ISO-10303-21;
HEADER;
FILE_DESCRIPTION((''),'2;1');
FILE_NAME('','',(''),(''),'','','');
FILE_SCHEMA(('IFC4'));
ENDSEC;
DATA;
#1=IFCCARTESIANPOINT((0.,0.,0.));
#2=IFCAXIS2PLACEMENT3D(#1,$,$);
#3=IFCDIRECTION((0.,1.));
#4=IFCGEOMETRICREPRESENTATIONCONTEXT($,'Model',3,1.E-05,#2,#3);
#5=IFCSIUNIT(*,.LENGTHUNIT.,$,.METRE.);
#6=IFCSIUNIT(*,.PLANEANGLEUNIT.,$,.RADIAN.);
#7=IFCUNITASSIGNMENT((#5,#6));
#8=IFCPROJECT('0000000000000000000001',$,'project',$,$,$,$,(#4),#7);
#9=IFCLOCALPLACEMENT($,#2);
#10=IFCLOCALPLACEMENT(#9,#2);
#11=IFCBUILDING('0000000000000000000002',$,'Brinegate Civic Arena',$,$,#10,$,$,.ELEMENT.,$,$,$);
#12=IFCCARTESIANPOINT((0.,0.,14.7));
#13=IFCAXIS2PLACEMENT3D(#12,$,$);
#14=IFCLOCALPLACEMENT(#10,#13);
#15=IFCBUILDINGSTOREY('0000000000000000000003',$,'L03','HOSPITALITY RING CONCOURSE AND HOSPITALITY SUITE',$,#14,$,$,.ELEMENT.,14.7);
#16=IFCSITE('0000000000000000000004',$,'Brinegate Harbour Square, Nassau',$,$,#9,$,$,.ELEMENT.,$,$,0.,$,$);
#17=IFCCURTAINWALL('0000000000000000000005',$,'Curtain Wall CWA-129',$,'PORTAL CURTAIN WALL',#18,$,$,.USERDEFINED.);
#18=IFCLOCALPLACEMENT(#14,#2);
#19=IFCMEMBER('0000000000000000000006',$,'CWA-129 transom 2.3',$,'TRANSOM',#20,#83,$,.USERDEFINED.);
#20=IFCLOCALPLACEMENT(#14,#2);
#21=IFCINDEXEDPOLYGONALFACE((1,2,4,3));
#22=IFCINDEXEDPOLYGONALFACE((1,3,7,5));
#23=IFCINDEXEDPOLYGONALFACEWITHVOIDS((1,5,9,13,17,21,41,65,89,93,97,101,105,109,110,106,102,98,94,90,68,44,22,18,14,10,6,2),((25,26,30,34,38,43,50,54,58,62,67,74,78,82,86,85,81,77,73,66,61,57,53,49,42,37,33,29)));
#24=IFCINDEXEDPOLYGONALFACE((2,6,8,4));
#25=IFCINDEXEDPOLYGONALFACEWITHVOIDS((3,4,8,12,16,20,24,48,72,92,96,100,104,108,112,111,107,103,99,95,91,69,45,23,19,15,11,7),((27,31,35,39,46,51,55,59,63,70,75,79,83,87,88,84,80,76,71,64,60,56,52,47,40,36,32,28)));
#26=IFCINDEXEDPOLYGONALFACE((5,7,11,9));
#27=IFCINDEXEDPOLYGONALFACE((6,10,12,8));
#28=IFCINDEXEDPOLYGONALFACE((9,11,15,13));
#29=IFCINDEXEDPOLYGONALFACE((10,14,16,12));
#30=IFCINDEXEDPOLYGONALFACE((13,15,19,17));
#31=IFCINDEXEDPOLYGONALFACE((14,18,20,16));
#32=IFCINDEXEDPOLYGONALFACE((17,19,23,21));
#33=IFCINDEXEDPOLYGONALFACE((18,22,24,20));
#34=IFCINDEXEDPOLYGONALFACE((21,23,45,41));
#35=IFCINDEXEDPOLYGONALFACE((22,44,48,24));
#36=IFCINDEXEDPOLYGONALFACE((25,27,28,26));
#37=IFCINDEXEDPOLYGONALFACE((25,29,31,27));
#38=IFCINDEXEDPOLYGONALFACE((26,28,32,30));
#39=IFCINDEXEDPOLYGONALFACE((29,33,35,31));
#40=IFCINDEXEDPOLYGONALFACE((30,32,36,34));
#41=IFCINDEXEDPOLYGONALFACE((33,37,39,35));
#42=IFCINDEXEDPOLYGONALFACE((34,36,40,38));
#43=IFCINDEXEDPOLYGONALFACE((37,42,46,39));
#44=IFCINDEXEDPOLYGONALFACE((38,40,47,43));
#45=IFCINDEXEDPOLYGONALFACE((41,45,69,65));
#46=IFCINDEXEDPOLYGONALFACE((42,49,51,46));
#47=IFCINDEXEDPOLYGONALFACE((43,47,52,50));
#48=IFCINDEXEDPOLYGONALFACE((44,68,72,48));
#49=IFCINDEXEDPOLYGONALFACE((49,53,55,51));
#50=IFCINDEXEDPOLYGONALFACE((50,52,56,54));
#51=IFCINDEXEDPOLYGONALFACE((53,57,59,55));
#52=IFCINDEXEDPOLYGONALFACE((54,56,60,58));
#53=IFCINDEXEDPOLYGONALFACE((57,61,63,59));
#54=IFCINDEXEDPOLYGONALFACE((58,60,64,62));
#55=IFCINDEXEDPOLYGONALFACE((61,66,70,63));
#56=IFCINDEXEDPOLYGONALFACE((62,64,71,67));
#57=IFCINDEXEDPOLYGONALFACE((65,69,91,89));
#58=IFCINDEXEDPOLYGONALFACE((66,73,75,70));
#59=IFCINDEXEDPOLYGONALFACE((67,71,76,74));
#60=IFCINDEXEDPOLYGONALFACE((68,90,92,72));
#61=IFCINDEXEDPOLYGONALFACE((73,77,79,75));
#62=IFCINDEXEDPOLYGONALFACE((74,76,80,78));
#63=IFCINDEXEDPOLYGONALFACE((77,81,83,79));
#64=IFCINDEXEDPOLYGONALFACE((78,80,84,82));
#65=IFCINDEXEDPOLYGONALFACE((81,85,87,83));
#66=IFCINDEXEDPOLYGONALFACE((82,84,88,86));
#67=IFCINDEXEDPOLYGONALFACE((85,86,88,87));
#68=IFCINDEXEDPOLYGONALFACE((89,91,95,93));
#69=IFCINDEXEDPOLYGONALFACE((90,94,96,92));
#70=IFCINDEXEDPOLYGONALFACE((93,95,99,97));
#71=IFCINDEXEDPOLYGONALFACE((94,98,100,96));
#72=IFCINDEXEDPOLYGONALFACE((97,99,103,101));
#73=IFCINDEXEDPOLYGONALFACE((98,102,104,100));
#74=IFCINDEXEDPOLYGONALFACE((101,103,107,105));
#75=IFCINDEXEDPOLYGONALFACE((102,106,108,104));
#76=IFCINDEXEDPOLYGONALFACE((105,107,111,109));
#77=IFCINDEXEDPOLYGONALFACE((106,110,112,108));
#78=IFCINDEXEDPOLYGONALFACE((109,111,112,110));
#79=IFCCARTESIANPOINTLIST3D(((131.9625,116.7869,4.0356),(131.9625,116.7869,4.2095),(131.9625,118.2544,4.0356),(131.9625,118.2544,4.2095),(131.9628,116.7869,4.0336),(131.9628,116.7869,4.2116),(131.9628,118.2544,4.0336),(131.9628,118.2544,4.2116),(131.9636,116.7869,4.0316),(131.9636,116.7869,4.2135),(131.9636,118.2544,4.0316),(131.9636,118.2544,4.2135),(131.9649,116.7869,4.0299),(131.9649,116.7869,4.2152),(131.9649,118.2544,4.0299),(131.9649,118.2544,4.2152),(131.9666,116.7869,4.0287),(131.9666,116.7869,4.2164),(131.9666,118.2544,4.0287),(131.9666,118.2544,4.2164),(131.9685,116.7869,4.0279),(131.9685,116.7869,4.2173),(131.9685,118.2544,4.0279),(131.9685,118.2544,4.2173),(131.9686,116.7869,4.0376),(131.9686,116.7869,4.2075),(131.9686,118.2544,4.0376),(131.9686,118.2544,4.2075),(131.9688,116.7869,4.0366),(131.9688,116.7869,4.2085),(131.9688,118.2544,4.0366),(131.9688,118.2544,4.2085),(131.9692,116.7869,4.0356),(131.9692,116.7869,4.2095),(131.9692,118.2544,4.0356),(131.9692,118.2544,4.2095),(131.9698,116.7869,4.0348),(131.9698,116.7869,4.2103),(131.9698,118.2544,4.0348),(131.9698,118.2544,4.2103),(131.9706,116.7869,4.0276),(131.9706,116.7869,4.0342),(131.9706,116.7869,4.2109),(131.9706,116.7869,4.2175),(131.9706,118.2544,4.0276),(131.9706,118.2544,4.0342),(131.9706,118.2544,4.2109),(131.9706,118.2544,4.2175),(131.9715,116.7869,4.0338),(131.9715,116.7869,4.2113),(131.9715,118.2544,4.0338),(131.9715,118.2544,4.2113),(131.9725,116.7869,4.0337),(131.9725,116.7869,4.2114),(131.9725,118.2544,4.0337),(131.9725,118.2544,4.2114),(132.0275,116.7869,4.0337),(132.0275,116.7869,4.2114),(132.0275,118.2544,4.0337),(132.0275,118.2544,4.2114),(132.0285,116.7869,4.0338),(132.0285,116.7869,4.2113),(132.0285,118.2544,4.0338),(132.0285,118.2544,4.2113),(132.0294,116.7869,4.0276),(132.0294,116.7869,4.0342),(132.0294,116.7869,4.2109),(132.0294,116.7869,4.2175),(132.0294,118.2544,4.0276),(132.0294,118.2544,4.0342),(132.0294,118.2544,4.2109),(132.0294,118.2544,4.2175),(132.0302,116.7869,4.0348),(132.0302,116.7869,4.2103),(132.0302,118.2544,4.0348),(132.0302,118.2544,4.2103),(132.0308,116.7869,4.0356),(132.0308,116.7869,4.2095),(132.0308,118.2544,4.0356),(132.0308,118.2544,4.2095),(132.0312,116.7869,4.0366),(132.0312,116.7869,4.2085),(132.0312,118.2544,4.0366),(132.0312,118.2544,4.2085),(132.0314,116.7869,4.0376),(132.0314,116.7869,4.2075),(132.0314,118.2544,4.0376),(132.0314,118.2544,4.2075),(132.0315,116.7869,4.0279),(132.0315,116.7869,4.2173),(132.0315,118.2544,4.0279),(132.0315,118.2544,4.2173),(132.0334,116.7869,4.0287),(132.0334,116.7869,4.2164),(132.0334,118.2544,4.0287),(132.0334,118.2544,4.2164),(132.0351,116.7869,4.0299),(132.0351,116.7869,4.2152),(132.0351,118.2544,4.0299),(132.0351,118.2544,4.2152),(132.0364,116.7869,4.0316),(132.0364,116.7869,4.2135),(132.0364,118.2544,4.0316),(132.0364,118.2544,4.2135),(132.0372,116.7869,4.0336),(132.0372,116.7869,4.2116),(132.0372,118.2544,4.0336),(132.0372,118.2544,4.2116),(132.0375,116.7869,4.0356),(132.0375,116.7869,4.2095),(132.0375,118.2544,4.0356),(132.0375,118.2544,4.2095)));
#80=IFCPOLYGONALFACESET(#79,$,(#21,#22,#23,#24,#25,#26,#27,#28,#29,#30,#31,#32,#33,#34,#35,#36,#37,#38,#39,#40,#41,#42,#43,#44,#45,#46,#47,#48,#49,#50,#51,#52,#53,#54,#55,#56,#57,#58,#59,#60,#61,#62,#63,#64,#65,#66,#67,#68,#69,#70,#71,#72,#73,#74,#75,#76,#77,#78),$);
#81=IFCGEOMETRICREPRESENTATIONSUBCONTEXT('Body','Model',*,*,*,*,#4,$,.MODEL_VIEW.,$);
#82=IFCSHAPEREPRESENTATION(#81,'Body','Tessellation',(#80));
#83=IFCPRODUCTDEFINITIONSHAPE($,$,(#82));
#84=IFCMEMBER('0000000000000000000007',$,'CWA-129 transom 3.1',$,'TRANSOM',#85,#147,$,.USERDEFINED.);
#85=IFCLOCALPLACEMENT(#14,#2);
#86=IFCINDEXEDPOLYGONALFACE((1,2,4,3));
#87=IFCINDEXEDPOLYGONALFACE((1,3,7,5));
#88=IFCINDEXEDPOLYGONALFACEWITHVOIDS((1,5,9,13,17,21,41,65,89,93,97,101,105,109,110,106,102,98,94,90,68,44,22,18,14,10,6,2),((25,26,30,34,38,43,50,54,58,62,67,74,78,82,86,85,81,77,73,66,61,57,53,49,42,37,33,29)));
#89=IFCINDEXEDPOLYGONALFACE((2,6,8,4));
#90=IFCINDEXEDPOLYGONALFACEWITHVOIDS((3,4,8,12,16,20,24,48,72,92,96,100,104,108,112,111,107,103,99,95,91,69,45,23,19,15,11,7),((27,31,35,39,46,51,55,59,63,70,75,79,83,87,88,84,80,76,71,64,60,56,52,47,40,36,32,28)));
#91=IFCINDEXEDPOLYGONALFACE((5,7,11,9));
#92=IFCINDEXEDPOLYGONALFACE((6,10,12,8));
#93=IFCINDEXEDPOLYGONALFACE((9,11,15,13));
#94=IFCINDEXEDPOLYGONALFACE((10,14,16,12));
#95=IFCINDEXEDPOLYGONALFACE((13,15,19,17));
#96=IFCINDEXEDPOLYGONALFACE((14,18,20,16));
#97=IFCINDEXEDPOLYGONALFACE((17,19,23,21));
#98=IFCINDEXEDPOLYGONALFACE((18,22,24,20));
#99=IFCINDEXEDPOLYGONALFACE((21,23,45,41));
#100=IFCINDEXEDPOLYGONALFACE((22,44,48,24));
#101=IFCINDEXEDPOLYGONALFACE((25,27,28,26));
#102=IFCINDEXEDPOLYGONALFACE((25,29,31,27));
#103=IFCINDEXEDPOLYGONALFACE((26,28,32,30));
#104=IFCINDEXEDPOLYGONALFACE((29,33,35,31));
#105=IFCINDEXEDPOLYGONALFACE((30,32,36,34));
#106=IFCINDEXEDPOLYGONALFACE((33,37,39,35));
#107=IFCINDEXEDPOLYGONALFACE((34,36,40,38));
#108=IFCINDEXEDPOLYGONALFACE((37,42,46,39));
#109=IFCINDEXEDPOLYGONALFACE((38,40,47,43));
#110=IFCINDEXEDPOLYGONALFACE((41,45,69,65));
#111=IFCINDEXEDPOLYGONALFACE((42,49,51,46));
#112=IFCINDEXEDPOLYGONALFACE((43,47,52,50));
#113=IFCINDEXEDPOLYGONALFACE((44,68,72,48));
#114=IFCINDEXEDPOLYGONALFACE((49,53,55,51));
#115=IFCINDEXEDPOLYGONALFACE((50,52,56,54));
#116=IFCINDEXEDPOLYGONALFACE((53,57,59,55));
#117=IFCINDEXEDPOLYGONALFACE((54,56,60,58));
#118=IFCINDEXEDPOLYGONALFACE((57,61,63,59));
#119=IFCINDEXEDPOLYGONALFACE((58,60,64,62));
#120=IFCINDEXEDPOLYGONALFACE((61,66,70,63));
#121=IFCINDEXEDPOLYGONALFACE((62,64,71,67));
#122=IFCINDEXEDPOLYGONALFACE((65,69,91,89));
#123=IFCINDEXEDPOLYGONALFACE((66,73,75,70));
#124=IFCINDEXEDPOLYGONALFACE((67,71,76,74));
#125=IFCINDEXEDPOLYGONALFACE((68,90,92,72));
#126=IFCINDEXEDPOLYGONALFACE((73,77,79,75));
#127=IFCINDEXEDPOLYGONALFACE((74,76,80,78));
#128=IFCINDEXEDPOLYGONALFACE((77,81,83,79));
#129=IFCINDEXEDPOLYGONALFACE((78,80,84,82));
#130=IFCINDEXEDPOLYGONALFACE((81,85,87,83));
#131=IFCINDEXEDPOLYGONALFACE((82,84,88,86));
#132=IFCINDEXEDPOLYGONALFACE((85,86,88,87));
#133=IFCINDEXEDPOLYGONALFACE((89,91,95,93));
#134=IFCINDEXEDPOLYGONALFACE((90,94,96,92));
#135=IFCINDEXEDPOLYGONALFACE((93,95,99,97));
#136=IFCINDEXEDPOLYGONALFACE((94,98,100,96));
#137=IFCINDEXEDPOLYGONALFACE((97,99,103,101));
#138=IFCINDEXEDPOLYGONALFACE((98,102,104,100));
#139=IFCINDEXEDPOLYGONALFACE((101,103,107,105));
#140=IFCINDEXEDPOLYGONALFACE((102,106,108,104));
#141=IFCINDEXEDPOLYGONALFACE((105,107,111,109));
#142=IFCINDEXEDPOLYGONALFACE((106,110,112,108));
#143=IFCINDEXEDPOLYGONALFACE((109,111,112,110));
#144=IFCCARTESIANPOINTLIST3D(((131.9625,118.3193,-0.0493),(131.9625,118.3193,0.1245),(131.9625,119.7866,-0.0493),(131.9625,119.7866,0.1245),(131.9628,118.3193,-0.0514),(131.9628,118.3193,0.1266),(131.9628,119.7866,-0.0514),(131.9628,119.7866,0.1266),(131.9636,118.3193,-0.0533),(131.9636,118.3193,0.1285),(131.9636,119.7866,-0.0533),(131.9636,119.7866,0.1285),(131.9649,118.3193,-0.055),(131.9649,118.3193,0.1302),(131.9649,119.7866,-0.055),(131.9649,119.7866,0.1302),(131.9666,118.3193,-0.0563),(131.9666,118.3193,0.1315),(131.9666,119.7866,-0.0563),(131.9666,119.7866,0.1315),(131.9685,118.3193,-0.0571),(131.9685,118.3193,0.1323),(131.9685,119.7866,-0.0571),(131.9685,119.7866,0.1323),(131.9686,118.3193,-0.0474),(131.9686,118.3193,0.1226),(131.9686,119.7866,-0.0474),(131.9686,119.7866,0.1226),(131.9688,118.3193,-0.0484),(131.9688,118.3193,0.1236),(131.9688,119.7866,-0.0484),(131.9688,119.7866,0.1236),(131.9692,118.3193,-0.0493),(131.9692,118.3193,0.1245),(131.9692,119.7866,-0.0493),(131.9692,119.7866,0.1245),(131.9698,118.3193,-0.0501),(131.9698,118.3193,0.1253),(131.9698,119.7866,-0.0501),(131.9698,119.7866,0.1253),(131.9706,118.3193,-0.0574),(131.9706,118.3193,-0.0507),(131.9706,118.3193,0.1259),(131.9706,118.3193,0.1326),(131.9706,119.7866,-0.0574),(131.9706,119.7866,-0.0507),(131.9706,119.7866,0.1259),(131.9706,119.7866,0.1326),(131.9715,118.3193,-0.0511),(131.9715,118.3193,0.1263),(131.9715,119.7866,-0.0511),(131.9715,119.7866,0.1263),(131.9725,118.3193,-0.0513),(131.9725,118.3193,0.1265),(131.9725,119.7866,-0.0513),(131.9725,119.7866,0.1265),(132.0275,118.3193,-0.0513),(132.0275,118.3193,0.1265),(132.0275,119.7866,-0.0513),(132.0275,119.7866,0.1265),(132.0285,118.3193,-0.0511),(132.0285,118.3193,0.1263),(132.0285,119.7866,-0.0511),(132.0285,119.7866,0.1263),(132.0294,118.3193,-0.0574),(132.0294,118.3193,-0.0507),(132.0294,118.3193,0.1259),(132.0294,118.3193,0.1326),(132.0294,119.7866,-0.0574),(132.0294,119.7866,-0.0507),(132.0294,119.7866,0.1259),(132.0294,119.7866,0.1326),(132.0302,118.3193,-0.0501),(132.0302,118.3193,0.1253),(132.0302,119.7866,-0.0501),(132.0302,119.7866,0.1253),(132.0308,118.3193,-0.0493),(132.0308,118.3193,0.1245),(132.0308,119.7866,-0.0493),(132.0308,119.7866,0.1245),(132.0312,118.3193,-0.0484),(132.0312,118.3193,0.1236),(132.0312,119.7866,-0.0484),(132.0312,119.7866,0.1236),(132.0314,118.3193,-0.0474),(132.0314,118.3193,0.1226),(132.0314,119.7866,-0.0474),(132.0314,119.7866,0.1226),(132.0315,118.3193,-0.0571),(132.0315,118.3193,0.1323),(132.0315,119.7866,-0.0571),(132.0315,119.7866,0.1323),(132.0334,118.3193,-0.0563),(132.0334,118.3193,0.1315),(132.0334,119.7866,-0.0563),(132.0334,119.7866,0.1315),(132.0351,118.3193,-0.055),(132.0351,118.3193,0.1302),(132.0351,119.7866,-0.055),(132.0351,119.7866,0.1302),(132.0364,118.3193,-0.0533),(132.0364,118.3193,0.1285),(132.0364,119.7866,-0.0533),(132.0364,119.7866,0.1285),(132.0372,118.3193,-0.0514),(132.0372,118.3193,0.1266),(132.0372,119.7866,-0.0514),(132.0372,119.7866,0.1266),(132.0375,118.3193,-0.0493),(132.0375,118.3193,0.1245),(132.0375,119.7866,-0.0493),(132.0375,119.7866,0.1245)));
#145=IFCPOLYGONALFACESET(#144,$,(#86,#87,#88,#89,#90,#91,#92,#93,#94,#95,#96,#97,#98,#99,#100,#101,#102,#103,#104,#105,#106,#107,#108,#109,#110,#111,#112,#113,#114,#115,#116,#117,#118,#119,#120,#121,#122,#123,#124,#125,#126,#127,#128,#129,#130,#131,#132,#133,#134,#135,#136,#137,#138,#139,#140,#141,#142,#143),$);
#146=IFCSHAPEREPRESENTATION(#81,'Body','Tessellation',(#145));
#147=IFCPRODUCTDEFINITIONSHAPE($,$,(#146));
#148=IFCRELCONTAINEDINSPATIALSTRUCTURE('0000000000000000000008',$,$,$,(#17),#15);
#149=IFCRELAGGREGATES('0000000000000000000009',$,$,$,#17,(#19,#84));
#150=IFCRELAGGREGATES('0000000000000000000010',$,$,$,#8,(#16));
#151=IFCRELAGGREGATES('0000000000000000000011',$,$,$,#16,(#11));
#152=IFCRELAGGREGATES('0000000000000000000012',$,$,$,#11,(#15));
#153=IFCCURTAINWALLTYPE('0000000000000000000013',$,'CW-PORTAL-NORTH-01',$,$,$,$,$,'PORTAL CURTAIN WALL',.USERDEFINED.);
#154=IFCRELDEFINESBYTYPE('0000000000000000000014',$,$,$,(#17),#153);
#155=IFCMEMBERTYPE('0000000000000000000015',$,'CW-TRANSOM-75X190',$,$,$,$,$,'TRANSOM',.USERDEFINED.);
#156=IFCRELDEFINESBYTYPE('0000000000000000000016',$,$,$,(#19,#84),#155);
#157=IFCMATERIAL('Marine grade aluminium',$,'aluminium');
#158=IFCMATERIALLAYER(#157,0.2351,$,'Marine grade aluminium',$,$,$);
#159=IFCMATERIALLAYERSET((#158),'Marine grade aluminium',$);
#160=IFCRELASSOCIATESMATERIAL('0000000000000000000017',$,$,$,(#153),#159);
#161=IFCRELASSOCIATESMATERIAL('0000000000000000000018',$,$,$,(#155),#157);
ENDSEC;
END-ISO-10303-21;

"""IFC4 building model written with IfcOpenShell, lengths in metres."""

from ifc_helpers import new_model, si_unit, direction, frame, origin, origin_2d, place, context, subcontext, project, spatial, hollow_rectangle, extrude, material, layer, layer_set, material_profile, profile_set, type_object, element, aggregate, save


model = new_model("IFC4")

# Units and contexts
model_context = context("Model", 3, precision=1e-05, world=origin(), true_north=direction((0.0, 1.0)))
body_context = subcontext(model_context, "Body", "Model", "MODEL_VIEW")
ifc_project = project(units=[si_unit("LENGTHUNIT", "METRE"), si_unit("PLANEANGLEUNIT", "RADIAN")], contexts=[model_context])

# Site, building, storey
site_placement = place(None, origin())
site = spatial("IfcSite", under=ifc_project, at=site_placement, Name="Brinegate Harbour Square, Nassau", CompositionType="ELEMENT", RefElevation=0.0)
building_placement = place(site_placement, origin())
building = spatial("IfcBuilding", under=site, at=building_placement, Name="Brinegate Civic Arena", CompositionType="ELEMENT")
storey_placement = place(building_placement, frame((0.0, 0.0, 14.7)))
storey = spatial("IfcBuildingStorey", under=building, at=storey_placement, Name="L03", Description="HOSPITALITY RING CONCOURSE AND HOSPITALITY SUITE", CompositionType="ELEMENT", Elevation=14.7)

# Curtain wall, members
ifc_material_1 = material(Name="Marine grade aluminium", Category="aluminium")
ifc_layer_1 = layer(ifc_material_1, 0.2351, Name="Marine grade aluminium")
ifc_layer_set_1 = layer_set([ifc_layer_1], Name="Marine grade aluminium")
curtain_wall_type = type_object("IfcCurtainWallType", Name="CW-PORTAL-NORTH-01", ElementType="PORTAL CURTAIN WALL", PredefinedType="USERDEFINED", material=ifc_layer_set_1)
curtain_wall_placement = place(storey_placement, origin())
curtain_wall = element("IfcCurtainWall", 1, at=curtain_wall_placement, inside=storey, type_object=curtain_wall_type, Name="Curtain Wall CWA-129", ObjectType="PORTAL CURTAIN WALL", PredefinedType="USERDEFINED")
ifc_material_profile_1 = material_profile(ifc_material_1, hollow_rectangle(XDim=0.075, YDim=0.1899, WallThickness=0.0061, InnerFilletRadius=0.0039, OuterFilletRadius=0.0081, at=origin_2d()), Name="TRN75X190")
ifc_profile_set_1 = profile_set([ifc_material_profile_1], Name="Marine grade aluminium")
member_type_1 = type_object("IfcMemberType", Name="CW-TRANSOM-75X190", ElementType="TRANSOM", PredefinedType="USERDEFINED", material=ifc_profile_set_1)
member_1_placement = place(storey_placement, frame((132.0, 116.7869, 4.1226), z_axis=(0.0, 1.0, 0.0), x_axis=(-1.0, 0.0, 0.0)))
member_1 = element("IfcMember", 2, at=member_1_placement, type_object=member_type_1, Name="CWA-129 transom 2.3", ObjectType="TRANSOM", PredefinedType="USERDEFINED", context=body_context, shape_type="SweptSolid", body=[
    extrude(hollow_rectangle(XDim=0.075, YDim=0.1899, WallThickness=0.0061, InnerFilletRadius=0.0039, OuterFilletRadius=0.0081, at=origin_2d()), origin(), (0.0, 0.0, 1.0), 1.4675),
])
member_2_placement = place(storey_placement, frame((132.0, 118.3193, 0.0376), z_axis=(0.0, 1.0, 0.0), x_axis=(-1.0, 0.0, 0.0)))
member_2 = element("IfcMember", 3, at=member_2_placement, type_object=member_type_1, Name="CWA-129 transom 3.1", ObjectType="TRANSOM", PredefinedType="USERDEFINED", context=body_context, shape_type="SweptSolid", body=[
    extrude(hollow_rectangle(XDim=0.075, YDim=0.1899, WallThickness=0.0061, InnerFilletRadius=0.0039, OuterFilletRadius=0.0081, at=origin_2d()), origin(), (0.0, 0.0, 1.0), 1.4673),
])

aggregate(curtain_wall, [member_1, member_2])

save(model, "model.ifc")
